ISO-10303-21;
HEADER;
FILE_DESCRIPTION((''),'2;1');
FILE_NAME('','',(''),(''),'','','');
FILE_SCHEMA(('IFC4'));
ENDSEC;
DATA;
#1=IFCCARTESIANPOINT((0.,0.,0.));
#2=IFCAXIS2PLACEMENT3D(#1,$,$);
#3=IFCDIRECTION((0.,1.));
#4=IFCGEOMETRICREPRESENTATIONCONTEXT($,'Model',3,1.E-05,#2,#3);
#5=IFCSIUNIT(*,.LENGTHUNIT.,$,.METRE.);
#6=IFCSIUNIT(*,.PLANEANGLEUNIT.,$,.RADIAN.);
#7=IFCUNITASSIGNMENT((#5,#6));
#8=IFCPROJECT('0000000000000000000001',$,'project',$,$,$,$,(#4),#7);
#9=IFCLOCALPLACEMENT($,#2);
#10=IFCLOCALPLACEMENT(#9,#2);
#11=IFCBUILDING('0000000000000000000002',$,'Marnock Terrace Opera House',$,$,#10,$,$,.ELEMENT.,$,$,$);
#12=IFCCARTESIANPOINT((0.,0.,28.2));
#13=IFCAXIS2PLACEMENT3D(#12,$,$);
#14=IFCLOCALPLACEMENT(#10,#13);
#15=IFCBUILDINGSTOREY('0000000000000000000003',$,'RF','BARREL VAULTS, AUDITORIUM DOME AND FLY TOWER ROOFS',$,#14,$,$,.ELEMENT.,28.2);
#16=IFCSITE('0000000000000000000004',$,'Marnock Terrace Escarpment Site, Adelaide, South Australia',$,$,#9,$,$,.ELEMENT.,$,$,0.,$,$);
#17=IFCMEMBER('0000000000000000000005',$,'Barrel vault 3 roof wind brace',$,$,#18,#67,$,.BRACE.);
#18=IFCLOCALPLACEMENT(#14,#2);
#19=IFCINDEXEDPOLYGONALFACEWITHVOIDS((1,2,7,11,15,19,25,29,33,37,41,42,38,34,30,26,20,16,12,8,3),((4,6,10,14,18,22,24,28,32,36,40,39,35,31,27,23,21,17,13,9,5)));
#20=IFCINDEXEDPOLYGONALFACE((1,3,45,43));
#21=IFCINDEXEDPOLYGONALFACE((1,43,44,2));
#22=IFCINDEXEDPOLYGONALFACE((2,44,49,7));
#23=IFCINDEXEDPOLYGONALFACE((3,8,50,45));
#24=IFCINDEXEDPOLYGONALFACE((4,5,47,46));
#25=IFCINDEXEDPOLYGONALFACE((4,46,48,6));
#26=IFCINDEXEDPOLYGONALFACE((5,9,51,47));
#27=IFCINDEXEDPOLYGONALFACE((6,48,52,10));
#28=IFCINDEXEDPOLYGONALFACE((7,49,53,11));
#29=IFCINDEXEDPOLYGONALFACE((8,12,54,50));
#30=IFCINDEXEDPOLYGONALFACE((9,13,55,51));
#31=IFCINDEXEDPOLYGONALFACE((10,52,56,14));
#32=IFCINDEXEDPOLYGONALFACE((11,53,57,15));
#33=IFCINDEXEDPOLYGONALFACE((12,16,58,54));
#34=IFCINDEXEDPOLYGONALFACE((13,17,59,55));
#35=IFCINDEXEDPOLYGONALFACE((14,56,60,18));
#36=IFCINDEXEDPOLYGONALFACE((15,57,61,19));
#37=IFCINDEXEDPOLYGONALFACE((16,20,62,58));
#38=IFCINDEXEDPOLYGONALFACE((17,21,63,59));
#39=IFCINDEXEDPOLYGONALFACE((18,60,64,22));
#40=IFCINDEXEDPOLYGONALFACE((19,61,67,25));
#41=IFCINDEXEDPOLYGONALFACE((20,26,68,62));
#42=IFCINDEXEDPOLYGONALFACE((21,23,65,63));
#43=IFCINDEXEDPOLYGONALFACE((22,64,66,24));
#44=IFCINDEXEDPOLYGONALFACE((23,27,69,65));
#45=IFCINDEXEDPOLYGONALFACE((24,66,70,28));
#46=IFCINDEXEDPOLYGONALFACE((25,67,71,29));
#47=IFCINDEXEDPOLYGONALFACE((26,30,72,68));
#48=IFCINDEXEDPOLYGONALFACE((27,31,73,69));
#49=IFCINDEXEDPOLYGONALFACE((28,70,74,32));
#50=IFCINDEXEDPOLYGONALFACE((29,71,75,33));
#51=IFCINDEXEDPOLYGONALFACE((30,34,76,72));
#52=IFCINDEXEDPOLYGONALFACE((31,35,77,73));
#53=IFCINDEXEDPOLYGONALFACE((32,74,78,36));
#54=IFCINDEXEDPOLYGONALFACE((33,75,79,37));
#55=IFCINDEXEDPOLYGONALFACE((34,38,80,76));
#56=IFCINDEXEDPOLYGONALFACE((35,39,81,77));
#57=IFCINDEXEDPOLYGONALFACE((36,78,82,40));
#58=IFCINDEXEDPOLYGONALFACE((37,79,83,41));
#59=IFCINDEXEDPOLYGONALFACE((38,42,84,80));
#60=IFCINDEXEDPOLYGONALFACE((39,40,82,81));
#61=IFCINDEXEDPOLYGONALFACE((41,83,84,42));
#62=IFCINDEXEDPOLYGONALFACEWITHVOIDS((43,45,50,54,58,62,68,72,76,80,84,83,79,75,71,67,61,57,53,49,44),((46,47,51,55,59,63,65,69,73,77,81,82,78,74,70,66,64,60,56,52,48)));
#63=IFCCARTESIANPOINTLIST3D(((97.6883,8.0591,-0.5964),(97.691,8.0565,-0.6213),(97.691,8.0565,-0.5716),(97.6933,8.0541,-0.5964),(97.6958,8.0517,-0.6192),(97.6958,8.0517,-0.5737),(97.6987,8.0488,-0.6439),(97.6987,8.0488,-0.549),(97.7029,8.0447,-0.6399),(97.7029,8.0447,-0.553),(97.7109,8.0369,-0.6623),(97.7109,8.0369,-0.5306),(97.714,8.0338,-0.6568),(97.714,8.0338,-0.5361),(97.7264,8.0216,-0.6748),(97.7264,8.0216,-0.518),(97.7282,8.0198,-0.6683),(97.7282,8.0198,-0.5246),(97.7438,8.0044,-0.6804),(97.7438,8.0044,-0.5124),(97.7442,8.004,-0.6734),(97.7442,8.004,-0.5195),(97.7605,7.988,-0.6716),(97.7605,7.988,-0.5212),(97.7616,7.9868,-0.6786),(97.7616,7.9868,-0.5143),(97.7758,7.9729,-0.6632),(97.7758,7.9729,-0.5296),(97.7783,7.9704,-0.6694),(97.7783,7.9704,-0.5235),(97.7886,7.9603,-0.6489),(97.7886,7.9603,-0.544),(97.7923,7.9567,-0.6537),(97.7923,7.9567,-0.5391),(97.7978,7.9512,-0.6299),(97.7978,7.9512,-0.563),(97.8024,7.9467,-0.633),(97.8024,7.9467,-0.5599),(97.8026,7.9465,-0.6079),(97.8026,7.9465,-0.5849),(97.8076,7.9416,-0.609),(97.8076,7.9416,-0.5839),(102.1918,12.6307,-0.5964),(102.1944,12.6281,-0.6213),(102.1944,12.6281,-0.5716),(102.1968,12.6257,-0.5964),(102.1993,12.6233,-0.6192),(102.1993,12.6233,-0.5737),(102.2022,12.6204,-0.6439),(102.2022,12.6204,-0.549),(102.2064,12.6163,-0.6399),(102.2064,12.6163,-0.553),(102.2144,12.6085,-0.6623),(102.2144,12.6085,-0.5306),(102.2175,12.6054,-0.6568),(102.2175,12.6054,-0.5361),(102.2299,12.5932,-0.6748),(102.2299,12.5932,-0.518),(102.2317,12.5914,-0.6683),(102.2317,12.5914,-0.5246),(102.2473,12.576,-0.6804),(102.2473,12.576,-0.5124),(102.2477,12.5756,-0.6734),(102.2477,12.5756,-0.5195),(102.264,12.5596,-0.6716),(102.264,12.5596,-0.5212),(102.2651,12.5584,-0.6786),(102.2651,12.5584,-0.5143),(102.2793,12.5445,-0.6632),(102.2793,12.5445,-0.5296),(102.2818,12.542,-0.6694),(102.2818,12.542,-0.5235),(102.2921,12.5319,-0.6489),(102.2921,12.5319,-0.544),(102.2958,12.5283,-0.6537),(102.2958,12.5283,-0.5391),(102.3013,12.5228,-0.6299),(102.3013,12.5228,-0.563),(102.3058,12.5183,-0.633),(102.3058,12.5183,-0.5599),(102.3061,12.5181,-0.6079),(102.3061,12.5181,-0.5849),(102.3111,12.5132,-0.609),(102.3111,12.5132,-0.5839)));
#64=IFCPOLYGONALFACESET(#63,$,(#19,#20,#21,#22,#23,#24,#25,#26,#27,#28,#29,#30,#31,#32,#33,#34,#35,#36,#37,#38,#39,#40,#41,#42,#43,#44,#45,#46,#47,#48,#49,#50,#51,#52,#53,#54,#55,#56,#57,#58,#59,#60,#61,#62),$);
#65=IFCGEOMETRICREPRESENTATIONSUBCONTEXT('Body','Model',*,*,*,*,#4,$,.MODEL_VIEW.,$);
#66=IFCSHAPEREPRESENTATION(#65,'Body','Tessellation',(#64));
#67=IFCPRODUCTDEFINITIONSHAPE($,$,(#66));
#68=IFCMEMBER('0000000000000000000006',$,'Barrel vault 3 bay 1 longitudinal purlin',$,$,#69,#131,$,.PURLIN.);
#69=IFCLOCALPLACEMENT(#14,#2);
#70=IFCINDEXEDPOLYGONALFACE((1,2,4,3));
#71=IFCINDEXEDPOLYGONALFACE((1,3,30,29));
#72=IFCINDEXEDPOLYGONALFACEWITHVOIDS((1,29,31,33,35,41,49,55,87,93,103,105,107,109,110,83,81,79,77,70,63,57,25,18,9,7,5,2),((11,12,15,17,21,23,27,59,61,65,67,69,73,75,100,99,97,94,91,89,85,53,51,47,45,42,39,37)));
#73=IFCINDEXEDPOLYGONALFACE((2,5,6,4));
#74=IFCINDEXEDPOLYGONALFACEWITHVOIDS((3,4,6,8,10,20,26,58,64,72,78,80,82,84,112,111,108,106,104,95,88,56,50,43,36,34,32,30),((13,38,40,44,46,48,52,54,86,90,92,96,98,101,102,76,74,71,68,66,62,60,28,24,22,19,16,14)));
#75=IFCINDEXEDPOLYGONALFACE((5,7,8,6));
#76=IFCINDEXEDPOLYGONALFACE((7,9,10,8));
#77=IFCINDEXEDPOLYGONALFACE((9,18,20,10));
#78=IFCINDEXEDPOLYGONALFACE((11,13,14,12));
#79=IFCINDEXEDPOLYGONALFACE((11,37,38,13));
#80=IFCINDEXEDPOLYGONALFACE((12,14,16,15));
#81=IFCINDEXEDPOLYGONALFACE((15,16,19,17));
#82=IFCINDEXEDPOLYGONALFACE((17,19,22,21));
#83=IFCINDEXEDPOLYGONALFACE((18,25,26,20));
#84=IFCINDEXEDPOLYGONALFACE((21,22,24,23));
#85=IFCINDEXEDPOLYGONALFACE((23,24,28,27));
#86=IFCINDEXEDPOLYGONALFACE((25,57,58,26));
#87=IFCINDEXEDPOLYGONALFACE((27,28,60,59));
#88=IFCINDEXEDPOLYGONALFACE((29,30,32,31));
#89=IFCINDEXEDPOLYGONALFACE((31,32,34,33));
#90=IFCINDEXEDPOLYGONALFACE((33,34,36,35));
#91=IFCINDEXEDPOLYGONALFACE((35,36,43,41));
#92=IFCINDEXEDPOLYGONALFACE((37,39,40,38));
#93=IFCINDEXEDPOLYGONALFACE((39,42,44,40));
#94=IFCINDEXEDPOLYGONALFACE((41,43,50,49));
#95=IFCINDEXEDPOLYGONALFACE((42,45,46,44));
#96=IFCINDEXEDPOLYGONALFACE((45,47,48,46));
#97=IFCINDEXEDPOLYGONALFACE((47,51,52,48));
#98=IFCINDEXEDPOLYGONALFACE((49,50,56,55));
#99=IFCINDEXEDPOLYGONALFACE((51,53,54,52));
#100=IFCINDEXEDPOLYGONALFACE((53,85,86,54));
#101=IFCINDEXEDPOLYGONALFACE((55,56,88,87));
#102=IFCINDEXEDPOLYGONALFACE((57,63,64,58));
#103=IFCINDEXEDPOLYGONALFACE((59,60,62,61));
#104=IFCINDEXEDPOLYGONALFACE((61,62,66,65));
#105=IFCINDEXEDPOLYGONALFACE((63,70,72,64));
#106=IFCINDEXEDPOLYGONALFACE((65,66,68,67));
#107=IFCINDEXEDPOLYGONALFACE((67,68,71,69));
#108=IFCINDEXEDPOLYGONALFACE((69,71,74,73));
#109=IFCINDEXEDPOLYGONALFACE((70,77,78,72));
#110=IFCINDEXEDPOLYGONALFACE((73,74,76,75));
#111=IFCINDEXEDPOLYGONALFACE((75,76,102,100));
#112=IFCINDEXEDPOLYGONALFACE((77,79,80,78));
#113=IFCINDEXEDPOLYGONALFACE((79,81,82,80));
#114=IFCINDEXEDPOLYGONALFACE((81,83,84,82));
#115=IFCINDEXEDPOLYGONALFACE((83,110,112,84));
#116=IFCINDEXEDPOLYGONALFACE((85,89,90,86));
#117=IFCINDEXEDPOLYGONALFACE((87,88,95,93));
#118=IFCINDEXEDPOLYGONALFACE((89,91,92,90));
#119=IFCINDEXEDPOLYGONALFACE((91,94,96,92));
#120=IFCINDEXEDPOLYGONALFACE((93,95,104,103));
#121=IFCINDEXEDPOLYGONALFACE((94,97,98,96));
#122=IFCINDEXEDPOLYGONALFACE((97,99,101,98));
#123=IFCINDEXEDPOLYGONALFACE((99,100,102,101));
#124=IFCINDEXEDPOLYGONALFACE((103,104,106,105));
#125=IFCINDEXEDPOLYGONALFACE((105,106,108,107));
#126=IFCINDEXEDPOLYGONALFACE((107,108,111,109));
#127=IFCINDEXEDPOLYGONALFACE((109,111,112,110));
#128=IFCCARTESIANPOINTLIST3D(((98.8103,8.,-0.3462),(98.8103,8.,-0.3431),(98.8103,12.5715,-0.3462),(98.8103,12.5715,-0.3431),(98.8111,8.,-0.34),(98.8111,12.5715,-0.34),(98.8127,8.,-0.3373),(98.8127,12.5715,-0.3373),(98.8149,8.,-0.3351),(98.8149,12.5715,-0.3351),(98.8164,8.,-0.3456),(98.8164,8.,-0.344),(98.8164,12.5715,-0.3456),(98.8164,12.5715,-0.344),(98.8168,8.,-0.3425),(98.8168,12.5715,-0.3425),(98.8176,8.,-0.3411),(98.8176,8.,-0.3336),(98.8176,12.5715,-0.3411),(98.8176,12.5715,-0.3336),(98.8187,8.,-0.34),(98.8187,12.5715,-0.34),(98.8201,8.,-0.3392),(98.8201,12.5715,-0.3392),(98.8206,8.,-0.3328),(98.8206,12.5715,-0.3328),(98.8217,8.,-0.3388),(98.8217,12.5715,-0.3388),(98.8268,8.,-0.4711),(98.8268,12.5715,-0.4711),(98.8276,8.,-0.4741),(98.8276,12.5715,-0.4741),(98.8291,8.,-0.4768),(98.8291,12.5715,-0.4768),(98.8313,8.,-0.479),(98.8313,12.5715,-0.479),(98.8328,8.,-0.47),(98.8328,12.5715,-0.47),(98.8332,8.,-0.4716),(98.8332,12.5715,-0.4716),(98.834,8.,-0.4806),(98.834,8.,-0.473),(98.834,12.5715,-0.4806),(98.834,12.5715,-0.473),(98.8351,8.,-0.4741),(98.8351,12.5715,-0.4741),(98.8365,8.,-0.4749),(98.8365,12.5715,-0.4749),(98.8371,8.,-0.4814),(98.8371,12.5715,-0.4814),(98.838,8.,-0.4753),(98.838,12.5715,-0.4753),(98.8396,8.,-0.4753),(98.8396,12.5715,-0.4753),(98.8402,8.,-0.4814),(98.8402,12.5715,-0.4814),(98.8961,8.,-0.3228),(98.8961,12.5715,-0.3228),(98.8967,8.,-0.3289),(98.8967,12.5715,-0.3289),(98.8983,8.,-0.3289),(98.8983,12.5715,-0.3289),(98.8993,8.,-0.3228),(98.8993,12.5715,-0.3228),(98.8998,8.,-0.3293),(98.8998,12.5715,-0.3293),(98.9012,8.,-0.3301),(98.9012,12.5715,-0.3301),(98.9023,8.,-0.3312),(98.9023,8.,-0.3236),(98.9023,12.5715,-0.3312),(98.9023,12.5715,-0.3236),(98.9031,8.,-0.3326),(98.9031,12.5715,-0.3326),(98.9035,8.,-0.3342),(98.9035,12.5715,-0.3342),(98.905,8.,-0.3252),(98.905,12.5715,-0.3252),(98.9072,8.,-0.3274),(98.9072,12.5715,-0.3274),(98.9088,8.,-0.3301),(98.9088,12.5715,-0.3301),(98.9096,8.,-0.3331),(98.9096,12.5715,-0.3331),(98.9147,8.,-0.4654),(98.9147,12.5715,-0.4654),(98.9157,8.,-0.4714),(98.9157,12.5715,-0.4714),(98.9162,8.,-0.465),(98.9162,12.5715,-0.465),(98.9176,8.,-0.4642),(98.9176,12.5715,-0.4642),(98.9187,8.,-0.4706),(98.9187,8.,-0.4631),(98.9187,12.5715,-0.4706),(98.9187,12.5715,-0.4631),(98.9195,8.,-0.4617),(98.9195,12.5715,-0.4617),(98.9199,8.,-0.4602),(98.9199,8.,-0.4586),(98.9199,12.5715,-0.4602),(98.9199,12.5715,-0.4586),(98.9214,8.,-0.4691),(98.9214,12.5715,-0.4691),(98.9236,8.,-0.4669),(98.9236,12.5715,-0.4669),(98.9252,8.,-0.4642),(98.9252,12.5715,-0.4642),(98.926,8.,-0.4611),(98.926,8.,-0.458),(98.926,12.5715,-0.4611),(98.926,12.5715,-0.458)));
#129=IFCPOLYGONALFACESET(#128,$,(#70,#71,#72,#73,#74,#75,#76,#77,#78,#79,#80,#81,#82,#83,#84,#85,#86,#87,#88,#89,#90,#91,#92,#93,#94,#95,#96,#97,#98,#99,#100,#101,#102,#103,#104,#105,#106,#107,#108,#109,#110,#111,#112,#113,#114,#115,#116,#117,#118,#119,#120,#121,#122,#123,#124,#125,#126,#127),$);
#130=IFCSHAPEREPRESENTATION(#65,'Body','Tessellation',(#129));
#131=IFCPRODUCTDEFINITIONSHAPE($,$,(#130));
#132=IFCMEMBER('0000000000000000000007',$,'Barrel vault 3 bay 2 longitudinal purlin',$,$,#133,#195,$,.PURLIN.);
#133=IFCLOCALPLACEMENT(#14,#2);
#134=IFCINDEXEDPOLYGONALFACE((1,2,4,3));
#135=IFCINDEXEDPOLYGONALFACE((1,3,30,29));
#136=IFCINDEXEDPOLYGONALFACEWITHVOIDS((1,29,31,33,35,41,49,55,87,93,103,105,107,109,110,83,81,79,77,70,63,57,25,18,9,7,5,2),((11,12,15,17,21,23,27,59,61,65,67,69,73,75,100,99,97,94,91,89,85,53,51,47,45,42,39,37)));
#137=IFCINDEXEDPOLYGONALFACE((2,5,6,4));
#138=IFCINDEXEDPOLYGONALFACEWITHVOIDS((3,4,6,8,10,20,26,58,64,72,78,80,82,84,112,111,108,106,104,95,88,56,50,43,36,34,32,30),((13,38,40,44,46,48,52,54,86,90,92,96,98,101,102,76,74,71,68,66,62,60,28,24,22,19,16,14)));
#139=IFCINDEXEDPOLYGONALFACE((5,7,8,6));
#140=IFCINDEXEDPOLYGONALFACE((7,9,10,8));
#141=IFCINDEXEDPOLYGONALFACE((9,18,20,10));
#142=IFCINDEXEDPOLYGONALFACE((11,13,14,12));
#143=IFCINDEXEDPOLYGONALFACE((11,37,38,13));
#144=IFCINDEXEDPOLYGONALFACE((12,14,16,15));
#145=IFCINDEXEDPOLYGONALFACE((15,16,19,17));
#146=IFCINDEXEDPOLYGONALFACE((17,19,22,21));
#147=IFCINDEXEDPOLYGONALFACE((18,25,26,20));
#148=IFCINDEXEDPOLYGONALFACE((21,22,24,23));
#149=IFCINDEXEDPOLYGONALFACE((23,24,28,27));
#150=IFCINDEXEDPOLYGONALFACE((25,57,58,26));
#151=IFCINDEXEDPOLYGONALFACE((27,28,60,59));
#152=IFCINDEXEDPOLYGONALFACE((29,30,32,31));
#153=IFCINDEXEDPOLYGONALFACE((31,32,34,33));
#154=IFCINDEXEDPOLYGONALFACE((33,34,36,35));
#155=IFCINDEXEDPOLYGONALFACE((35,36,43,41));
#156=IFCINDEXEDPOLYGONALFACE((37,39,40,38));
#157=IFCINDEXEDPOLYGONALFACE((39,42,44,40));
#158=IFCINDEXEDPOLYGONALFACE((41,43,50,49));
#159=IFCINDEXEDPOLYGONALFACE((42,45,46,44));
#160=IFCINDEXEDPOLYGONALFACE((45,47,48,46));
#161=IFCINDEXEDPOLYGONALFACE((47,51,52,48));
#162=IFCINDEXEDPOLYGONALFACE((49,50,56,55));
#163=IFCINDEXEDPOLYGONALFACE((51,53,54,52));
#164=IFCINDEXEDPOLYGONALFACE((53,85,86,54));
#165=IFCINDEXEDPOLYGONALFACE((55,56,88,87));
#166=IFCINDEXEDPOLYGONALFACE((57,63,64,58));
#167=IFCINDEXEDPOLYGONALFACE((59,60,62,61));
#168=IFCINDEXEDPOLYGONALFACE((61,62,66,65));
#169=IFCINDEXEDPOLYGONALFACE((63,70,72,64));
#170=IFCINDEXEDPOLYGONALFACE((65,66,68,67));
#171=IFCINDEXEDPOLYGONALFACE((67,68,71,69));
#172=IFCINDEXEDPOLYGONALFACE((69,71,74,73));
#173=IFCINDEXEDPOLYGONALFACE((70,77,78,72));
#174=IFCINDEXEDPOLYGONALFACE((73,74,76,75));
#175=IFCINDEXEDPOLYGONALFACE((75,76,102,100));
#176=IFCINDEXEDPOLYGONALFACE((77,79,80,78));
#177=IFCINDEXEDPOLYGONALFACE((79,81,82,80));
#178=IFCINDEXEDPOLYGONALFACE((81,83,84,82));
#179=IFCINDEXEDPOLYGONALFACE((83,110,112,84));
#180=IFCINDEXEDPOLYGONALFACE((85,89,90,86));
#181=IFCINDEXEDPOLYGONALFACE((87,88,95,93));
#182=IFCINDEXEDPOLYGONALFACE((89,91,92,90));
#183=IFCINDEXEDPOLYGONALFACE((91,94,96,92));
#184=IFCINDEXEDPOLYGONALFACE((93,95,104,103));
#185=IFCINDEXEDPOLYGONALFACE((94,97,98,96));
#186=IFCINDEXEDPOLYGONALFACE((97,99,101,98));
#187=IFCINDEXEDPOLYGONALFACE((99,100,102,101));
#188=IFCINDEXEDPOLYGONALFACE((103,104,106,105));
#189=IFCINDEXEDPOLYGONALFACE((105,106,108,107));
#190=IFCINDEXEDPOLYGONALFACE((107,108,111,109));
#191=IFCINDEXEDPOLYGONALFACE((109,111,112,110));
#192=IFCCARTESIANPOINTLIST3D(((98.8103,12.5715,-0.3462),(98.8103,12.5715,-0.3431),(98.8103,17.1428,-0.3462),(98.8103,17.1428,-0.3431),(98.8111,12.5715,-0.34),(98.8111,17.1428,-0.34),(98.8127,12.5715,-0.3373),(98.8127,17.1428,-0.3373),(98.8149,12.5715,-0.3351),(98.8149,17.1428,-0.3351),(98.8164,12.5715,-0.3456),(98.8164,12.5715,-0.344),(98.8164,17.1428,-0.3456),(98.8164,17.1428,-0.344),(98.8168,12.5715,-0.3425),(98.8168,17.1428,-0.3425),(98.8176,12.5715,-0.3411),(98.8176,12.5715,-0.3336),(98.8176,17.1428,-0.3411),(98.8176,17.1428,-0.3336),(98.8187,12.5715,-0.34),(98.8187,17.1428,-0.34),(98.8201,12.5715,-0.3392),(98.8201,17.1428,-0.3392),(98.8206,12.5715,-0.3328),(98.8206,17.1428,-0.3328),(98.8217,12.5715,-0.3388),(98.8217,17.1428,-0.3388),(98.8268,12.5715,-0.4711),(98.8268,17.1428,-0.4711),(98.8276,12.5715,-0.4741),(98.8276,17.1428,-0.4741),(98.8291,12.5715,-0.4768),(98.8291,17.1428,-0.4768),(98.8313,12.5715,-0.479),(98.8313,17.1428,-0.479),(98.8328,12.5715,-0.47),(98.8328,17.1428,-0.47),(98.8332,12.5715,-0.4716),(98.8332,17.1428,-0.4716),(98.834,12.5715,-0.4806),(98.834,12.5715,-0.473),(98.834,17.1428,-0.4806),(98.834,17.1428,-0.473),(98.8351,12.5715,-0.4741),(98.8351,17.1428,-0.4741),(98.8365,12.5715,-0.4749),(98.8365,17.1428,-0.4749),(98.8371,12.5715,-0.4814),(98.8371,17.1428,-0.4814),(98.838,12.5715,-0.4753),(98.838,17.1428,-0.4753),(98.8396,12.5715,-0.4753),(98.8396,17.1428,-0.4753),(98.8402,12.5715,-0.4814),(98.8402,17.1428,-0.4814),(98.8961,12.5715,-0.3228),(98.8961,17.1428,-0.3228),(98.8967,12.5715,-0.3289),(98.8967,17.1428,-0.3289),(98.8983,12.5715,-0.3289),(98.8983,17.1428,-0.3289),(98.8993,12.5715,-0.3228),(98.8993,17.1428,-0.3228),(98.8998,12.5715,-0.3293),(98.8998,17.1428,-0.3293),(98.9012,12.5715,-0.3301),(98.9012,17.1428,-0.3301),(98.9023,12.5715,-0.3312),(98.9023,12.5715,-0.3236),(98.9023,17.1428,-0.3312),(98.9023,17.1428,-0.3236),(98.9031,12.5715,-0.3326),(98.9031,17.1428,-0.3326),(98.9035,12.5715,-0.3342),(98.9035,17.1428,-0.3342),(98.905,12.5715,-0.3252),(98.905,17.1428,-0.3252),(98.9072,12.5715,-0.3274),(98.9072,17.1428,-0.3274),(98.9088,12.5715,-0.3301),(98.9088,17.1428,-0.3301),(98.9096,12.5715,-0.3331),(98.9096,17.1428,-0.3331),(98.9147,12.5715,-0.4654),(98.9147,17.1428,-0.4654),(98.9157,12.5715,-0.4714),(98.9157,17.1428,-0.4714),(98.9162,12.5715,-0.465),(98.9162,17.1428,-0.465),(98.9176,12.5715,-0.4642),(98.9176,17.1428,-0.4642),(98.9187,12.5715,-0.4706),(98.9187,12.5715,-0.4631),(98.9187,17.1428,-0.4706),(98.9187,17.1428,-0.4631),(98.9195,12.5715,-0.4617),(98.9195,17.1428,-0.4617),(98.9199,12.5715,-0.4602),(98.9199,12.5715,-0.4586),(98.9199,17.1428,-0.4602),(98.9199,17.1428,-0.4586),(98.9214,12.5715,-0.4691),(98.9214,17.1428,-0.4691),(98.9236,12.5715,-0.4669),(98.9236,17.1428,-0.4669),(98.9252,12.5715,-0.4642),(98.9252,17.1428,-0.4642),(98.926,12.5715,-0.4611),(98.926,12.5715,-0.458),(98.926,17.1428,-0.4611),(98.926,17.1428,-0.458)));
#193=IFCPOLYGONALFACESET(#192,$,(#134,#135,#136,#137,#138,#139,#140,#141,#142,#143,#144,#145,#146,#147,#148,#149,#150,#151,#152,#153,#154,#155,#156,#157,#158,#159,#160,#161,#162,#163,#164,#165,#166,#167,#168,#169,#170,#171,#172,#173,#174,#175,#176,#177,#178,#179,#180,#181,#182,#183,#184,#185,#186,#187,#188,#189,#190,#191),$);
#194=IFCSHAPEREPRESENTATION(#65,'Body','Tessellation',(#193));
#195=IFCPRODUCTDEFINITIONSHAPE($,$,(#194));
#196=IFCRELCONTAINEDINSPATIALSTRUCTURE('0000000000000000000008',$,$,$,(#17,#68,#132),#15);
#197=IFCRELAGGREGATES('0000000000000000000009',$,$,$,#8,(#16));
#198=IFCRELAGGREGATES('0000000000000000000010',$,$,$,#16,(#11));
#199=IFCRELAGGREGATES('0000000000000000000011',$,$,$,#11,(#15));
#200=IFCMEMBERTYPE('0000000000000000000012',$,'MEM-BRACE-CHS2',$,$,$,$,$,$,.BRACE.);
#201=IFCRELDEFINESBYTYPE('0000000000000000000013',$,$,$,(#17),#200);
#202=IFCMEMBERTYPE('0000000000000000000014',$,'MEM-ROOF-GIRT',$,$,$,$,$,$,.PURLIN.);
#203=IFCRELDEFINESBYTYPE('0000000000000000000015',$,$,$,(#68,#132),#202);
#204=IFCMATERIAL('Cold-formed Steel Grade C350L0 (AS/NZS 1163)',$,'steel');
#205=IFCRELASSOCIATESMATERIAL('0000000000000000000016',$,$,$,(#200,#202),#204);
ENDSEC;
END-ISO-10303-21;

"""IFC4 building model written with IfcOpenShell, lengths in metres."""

from ifc_helpers import new_model, si_unit, direction, frame, origin, origin_2d, place, context, subcontext, project, spatial, hollow_rectangle, hollow_circle, extrude, material, material_profile, profile_set, type_object, element, save


model = new_model("IFC4")

# Units and contexts
model_context = context("Model", 3, precision=1e-05, world=origin(), true_north=direction((0.0, 1.0)))
body_context = subcontext(model_context, "Body", "Model", "MODEL_VIEW")
ifc_project = project(units=[si_unit("LENGTHUNIT", "METRE"), si_unit("PLANEANGLEUNIT", "RADIAN")], contexts=[model_context])

# Site, building, storey
site_placement = place(None, origin())
site = spatial("IfcSite", under=ifc_project, at=site_placement, Name="Marnock Terrace Escarpment Site, Adelaide, South Australia", CompositionType="ELEMENT", RefElevation=0.0)
building_placement = place(site_placement, origin())
building = spatial("IfcBuilding", under=site, at=building_placement, Name="Marnock Terrace Opera House", CompositionType="ELEMENT")
storey_placement = place(building_placement, frame((0.0, 0.0, 28.2)))
storey = spatial("IfcBuildingStorey", under=building, at=storey_placement, Name="RF", Description="BARREL VAULTS, AUDITORIUM DOME AND FLY TOWER ROOFS", CompositionType="ELEMENT", Elevation=28.2)

# Members
ifc_material_1 = material(Name="Cold-formed Steel Grade C350L0 (AS/NZS 1163)", Category="steel")
ifc_material_profile_1 = material_profile(ifc_material_1, hollow_circle(Radius=0.0842, WallThickness=0.0071, at=origin_2d()))
ifc_profile_set_1 = profile_set([ifc_material_profile_1], Name="Cold-formed Steel Grade C350L0 (AS/NZS 1163)")
member_type_1 = type_object("IfcMemberType", Name="MEM-BRACE-CHS2", PredefinedType="BRACE", material=ifc_profile_set_1)
member_1_placement = place(storey_placement, frame((97.7483, 8.0, -0.5964), z_axis=(0.70178, 0.712394, 0.0), x_axis=(-0.712394, 0.70178, 0.0)))
element("IfcMember", 1, at=member_1_placement, inside=storey, type_object=member_type_1, Name="Barrel vault 3 roof wind brace", PredefinedType="BRACE", context=body_context, shape_type="SweptSolid", body=[
    extrude(hollow_circle(Radius=0.0842, WallThickness=0.0071, at=origin_2d()), origin(), (0.0, 0.0, 1.0), 6.4172),
])
ifc_material_profile_2 = material_profile(ifc_material_1, hollow_rectangle(XDim=0.1001, YDim=0.1499, WallThickness=0.0061, InnerFilletRadius=0.0061, OuterFilletRadius=0.012, at=origin_2d()))
ifc_profile_set_2 = profile_set([ifc_material_profile_2], Name="Cold-formed Steel Grade C350L0 (AS/NZS 1163)")
member_type_2 = type_object("IfcMemberType", Name="MEM-ROOF-GIRT", PredefinedType="PURLIN", material=ifc_profile_set_2)
member_2_placement = place(storey_placement, frame((98.8682, 8.0, -0.4021), z_axis=(0.0, 1.0, 0.0), x_axis=(-0.991445, 0.0, -0.130526)))
element("IfcMember", 2, at=member_2_placement, inside=storey, type_object=member_type_2, Name="Barrel vault 3 bay 1 longitudinal purlin", PredefinedType="PURLIN", context=body_context, shape_type="SweptSolid", body=[
    extrude(hollow_rectangle(XDim=0.1001, YDim=0.1499, WallThickness=0.0061, InnerFilletRadius=0.0061, OuterFilletRadius=0.012, at=origin_2d()), origin(), (0.0, 0.0, 1.0), 4.5715),
])
member_3_placement = place(storey_placement, frame((98.8682, 12.5715, -0.4021), z_axis=(0.0, 1.0, 0.0), x_axis=(-0.991445, 0.0, -0.130526)))
element("IfcMember", 3, at=member_3_placement, inside=storey, type_object=member_type_2, Name="Barrel vault 3 bay 2 longitudinal purlin", PredefinedType="PURLIN", context=body_context, shape_type="SweptSolid", body=[
    extrude(hollow_rectangle(XDim=0.1001, YDim=0.1499, WallThickness=0.0061, InnerFilletRadius=0.0061, OuterFilletRadius=0.012, at=origin_2d()), origin(), (0.0, 0.0, 1.0), 4.5713),
])

save(model, "model.ifc")
